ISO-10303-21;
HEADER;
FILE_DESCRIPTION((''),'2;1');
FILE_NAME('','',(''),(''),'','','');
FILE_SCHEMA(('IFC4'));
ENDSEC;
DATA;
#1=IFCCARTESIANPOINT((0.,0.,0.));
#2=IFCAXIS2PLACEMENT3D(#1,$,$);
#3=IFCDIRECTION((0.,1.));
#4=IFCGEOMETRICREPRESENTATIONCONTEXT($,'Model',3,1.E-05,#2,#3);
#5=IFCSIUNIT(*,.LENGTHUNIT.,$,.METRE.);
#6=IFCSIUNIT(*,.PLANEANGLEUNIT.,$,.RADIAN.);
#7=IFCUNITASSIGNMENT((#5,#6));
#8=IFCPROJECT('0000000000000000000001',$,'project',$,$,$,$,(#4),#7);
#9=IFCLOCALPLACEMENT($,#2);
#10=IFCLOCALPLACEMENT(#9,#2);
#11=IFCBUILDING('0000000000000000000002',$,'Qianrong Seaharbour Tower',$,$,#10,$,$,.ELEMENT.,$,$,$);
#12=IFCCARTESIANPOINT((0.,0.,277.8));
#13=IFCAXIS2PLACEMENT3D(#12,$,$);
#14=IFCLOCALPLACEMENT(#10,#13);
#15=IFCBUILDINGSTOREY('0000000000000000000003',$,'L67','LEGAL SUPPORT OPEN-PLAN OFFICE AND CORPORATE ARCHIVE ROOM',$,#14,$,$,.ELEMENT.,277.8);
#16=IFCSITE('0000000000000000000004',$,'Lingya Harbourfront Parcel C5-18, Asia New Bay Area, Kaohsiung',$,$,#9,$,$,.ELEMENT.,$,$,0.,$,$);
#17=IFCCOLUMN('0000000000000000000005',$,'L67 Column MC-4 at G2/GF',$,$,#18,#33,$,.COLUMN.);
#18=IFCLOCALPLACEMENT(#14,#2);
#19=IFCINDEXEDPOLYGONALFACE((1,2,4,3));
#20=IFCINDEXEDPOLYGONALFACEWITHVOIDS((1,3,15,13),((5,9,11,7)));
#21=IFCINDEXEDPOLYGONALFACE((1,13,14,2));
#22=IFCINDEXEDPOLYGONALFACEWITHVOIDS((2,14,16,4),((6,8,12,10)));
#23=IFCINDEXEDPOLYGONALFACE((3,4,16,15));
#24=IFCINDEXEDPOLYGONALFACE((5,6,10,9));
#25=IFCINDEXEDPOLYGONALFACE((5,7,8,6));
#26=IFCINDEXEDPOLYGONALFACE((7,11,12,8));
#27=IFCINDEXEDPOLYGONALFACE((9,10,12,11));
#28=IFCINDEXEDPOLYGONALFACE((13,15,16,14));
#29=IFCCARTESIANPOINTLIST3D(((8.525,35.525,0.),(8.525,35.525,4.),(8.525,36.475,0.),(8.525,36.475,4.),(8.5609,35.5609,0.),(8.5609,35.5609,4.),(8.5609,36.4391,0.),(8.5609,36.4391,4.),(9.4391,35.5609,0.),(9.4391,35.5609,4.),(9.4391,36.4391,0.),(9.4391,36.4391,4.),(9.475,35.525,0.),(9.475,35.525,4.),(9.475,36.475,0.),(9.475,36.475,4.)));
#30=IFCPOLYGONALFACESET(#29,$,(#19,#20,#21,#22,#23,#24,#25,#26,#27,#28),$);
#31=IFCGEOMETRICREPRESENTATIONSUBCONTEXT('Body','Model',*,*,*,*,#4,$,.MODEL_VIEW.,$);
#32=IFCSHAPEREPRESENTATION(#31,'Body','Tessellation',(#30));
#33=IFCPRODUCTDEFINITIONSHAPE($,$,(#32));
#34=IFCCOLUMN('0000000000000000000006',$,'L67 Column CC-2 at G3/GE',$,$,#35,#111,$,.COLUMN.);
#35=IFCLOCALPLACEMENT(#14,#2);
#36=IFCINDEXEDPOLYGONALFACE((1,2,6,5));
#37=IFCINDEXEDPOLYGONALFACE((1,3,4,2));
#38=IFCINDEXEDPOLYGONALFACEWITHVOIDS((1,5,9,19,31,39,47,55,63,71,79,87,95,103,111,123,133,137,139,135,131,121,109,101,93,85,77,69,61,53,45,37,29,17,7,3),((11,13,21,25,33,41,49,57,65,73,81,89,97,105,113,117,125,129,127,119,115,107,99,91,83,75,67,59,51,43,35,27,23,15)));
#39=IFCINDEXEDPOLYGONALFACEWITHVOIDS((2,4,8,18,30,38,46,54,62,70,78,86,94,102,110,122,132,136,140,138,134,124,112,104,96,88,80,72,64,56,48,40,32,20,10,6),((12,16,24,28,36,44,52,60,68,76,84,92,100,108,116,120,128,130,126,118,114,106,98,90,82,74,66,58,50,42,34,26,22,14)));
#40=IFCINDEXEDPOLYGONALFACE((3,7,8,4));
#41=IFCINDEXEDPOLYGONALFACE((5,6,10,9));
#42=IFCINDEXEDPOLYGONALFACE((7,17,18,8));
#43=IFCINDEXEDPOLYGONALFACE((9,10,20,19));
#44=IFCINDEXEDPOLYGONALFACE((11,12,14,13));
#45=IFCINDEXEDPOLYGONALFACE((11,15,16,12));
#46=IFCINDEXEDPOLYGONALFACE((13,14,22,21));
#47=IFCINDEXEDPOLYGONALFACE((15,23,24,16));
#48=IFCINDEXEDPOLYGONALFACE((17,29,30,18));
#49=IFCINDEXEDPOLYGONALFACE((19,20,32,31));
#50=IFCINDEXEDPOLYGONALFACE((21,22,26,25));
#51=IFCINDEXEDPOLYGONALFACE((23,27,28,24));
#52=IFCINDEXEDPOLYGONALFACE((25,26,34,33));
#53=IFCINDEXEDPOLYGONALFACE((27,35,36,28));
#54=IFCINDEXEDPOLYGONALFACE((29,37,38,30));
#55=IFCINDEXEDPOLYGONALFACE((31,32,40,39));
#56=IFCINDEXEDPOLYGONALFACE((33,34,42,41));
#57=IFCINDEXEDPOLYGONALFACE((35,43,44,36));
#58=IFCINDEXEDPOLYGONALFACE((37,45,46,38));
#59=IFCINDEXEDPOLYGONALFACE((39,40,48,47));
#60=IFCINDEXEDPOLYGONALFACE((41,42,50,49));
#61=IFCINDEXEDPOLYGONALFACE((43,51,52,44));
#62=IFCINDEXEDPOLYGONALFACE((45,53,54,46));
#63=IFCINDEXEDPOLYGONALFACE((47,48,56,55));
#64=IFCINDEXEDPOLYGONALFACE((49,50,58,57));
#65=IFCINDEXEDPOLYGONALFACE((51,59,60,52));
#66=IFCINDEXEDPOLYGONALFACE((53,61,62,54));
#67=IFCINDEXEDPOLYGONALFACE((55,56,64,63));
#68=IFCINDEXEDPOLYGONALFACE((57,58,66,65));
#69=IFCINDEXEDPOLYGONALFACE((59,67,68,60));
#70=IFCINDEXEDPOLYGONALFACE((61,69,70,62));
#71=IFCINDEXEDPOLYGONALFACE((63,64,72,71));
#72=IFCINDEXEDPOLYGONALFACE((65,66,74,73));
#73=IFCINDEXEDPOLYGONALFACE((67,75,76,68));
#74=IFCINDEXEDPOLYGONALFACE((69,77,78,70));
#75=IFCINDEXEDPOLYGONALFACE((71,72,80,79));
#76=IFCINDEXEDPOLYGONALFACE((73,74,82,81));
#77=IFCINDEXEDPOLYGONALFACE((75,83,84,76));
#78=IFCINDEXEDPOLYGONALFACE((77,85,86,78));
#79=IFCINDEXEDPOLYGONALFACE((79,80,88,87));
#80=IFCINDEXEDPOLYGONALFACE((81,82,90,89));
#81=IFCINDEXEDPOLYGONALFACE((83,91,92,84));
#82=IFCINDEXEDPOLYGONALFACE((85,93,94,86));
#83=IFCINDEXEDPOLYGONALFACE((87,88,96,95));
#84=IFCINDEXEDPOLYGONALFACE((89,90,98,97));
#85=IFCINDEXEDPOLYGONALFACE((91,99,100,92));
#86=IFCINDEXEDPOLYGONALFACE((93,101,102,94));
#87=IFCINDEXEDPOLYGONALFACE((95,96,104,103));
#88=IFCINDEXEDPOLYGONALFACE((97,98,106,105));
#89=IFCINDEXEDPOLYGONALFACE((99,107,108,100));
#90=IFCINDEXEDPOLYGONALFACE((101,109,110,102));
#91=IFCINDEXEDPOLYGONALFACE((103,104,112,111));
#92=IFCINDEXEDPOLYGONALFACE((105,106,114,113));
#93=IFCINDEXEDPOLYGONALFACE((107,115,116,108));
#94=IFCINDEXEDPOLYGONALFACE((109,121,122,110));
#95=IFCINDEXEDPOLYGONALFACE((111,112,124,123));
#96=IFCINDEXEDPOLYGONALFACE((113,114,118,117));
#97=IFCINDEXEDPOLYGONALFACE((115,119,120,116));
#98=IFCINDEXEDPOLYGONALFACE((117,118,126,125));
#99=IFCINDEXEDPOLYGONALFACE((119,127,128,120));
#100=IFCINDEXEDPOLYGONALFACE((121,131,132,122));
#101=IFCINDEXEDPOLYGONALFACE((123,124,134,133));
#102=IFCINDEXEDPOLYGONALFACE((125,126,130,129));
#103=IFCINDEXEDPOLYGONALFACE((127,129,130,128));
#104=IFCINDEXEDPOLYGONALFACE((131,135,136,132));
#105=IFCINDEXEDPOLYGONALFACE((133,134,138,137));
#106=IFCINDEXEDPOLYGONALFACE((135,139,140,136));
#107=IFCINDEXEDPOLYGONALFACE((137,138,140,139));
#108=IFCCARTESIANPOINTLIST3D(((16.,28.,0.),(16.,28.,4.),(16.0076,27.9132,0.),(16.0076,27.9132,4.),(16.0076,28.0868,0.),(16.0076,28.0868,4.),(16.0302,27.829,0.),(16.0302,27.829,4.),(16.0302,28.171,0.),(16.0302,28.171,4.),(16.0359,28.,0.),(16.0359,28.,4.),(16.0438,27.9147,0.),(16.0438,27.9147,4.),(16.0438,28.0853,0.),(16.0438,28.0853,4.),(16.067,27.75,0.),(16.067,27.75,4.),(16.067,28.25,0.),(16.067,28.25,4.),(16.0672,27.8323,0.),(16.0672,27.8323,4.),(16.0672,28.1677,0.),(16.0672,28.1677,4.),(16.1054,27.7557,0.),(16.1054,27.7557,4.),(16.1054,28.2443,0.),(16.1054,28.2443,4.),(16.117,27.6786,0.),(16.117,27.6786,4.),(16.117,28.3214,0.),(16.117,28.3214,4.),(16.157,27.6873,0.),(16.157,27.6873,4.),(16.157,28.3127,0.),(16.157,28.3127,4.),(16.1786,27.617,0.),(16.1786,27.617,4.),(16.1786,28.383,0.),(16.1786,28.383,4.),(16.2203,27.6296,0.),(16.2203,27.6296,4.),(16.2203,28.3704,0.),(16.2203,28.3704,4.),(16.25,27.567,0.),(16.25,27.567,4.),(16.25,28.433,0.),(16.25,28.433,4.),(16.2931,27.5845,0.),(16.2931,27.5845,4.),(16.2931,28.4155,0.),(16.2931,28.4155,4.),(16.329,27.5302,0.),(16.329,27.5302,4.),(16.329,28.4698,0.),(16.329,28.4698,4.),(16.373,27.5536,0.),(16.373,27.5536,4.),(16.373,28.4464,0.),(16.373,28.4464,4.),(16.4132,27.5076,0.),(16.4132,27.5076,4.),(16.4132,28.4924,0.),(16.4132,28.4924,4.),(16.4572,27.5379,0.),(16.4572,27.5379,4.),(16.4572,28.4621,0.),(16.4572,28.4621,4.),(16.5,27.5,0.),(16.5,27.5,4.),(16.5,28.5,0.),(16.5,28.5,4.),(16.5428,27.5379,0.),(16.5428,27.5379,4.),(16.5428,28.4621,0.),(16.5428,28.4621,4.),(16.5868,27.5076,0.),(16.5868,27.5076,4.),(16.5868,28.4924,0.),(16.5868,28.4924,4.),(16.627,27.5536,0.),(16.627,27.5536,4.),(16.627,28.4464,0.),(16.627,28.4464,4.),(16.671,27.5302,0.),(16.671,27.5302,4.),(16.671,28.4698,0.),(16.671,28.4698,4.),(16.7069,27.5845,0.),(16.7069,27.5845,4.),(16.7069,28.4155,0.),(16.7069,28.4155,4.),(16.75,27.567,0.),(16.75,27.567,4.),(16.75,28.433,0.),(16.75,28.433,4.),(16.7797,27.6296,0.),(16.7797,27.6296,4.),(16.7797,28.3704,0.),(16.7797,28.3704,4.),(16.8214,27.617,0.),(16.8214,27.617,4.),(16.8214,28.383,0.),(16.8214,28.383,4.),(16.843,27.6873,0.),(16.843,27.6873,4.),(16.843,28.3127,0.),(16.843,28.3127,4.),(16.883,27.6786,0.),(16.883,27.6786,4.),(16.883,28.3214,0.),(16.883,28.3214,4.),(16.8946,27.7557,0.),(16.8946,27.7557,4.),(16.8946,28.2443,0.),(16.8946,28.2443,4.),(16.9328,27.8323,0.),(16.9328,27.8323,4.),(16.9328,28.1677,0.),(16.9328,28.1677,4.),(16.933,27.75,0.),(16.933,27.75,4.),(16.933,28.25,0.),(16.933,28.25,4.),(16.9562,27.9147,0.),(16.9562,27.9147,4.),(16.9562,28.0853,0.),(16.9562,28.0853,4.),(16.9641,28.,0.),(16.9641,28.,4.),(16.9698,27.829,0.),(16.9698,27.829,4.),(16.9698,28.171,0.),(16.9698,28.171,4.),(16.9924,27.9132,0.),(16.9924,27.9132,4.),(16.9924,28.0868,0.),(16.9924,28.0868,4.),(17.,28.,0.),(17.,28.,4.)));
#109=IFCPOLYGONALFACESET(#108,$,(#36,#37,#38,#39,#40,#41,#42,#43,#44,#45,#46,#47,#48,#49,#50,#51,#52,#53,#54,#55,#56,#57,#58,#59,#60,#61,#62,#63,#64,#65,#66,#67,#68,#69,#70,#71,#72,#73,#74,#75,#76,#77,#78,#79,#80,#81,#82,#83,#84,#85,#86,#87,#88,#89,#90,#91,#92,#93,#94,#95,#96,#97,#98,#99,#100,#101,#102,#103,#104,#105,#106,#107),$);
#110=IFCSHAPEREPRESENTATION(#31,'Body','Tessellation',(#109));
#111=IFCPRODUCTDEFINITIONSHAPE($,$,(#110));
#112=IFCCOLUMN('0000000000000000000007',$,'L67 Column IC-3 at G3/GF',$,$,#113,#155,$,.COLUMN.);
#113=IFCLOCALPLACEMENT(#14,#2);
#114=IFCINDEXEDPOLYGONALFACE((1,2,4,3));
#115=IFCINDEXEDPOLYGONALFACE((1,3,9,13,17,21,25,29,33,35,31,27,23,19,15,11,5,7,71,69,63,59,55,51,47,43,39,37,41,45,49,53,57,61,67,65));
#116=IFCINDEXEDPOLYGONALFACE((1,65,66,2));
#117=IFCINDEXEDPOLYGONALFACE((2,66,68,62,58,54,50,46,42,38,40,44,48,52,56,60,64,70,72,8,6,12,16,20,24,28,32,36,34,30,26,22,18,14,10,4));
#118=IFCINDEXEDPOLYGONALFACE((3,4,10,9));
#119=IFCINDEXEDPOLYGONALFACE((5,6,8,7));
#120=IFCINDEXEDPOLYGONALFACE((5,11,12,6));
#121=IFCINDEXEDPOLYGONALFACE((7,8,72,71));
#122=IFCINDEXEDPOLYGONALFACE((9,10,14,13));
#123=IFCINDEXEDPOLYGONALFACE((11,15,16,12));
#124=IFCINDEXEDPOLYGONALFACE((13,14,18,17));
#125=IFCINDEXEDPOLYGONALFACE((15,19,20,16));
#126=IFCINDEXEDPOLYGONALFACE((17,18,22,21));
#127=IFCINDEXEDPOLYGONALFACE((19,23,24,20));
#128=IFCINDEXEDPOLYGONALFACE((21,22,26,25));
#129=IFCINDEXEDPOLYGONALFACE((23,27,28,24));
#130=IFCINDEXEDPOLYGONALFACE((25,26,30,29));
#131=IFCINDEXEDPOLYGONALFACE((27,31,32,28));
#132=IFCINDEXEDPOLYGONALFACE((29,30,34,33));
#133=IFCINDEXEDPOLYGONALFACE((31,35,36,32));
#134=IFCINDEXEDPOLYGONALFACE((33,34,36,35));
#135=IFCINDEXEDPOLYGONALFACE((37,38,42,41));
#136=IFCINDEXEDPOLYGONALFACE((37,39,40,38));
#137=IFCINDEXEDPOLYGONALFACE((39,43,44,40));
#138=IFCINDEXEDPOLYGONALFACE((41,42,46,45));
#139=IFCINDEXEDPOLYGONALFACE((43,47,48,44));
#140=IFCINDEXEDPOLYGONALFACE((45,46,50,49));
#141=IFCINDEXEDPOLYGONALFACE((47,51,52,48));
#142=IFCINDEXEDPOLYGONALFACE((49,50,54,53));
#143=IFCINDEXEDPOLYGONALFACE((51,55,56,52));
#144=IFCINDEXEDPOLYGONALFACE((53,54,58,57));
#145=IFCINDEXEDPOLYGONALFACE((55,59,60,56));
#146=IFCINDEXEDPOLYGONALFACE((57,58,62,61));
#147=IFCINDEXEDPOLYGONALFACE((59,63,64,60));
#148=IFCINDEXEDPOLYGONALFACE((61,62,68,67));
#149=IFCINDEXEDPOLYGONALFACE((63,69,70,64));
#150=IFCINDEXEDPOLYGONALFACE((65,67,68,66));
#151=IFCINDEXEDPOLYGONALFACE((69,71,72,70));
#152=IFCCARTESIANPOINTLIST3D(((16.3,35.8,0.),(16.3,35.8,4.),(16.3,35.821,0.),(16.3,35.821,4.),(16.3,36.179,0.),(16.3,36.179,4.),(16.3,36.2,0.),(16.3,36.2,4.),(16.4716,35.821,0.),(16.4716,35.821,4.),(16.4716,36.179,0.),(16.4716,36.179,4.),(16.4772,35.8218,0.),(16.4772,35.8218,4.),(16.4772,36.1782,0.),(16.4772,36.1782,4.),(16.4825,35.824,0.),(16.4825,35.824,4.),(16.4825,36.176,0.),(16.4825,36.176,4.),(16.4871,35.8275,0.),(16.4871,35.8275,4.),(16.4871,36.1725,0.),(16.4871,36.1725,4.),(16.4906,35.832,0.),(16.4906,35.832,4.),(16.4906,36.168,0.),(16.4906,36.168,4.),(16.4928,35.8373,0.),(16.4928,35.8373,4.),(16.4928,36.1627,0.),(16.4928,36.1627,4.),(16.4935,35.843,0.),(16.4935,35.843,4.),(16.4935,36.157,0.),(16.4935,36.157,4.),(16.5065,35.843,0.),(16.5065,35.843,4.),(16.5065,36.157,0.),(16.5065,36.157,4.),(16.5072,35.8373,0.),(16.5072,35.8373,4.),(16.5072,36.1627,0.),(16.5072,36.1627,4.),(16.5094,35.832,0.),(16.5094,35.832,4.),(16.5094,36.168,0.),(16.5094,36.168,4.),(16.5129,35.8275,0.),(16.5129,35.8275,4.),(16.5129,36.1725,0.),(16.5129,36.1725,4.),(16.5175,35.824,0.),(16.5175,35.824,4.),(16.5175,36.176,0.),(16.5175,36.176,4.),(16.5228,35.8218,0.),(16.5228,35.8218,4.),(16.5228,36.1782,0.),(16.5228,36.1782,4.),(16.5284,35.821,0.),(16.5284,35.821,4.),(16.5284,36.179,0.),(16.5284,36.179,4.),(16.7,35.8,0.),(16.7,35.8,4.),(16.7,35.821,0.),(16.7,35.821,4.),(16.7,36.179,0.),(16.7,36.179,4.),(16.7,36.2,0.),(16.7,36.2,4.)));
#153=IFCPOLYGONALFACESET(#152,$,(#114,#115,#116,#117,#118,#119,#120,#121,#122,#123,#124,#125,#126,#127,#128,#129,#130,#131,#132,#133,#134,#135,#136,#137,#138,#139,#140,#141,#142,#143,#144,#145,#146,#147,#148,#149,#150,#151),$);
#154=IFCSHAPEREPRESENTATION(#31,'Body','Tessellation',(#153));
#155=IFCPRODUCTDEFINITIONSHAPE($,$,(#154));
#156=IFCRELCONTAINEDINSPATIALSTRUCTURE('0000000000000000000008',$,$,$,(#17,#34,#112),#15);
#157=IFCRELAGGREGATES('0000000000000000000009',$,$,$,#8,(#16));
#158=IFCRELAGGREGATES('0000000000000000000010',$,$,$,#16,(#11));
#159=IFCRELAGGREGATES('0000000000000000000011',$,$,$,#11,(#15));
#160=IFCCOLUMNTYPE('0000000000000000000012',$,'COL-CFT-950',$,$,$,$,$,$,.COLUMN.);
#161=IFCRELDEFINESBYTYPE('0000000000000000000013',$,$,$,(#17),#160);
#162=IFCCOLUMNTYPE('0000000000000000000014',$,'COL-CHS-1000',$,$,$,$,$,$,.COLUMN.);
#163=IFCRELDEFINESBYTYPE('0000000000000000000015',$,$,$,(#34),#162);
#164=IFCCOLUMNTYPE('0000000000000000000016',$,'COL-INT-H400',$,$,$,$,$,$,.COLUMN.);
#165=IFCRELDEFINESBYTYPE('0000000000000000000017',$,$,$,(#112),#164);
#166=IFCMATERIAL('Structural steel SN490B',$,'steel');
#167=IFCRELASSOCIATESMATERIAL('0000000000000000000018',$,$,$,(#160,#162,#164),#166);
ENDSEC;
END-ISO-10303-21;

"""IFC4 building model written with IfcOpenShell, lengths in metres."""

from ifc_helpers import new_model, si_unit, direction, frame, origin, origin_2d, place, context, subcontext, project, spatial, hollow_rectangle, hollow_circle, i_section, extrude, material, material_profile, profile_set, type_object, element, save


model = new_model("IFC4")

# Units and contexts
model_context = context("Model", 3, precision=1e-05, world=origin(), true_north=direction((0.0, 1.0)))
body_context = subcontext(model_context, "Body", "Model", "MODEL_VIEW")
ifc_project = project(units=[si_unit("LENGTHUNIT", "METRE"), si_unit("PLANEANGLEUNIT", "RADIAN")], contexts=[model_context])

# Site, building, storey
site_placement = place(None, origin())
site = spatial("IfcSite", under=ifc_project, at=site_placement, Name="Lingya Harbourfront Parcel C5-18, Asia New Bay Area, Kaohsiung", CompositionType="ELEMENT", RefElevation=0.0)
building_placement = place(site_placement, origin())
building = spatial("IfcBuilding", under=site, at=building_placement, Name="Qianrong Seaharbour Tower", CompositionType="ELEMENT")
storey_placement = place(building_placement, frame((0.0, 0.0, 277.8)))
storey = spatial("IfcBuildingStorey", under=building, at=storey_placement, Name="L67", Description="LEGAL SUPPORT OPEN-PLAN OFFICE AND CORPORATE ARCHIVE ROOM", CompositionType="ELEMENT", Elevation=277.8)

# Columns
ifc_material_1 = material(Name="Structural steel SN490B", Category="steel")
ifc_material_profile_1 = material_profile(ifc_material_1, hollow_rectangle(XDim=0.95, YDim=0.95, WallThickness=0.0359, at=origin_2d()), Name="BOX950x950x36")
ifc_profile_set_1 = profile_set([ifc_material_profile_1], Name="Structural steel SN490B")
column_type_1 = type_object("IfcColumnType", Name="COL-CFT-950", PredefinedType="COLUMN", material=ifc_profile_set_1)
column_1_placement = place(storey_placement, frame((9.0, 36.0, 0.0), z_axis=(0.0, 0.0, 1.0), x_axis=(1.0, 0.0, 0.0)))
element("IfcColumn", 1, at=column_1_placement, inside=storey, type_object=column_type_1, Name="L67 Column MC-4 at G2/GF", PredefinedType="COLUMN", context=body_context, shape_type="SweptSolid", body=[
    extrude(hollow_rectangle(XDim=0.95, YDim=0.95, WallThickness=0.0359, at=origin_2d()), origin(), (0.0, 0.0, 1.0), 4.0),
])
ifc_material_profile_2 = material_profile(ifc_material_1, hollow_circle(Radius=0.5, WallThickness=0.0359, at=origin_2d()), Name="CHS1000x36")
ifc_profile_set_2 = profile_set([ifc_material_profile_2], Name="Structural steel SN490B")
column_type_2 = type_object("IfcColumnType", Name="COL-CHS-1000", PredefinedType="COLUMN", material=ifc_profile_set_2)
column_2_placement = place(storey_placement, frame((16.5, 28.0, 0.0), z_axis=(0.0, 0.0, 1.0), x_axis=(1.0, 0.0, 0.0)))
element("IfcColumn", 2, at=column_2_placement, inside=storey, type_object=column_type_2, Name="L67 Column CC-2 at G3/GE", PredefinedType="COLUMN", context=body_context, shape_type="SweptSolid", body=[
    extrude(hollow_circle(Radius=0.5, WallThickness=0.0359, at=origin_2d()), origin(), (0.0, 0.0, 1.0), 4.0),
])
ifc_material_profile_3 = material_profile(ifc_material_1, i_section(OverallWidth=0.3999, OverallDepth=0.3999, WebThickness=0.0129, FlangeThickness=0.021, FilletRadius=0.022, at=origin_2d()), Name="H400x400x13x21")
ifc_profile_set_3 = profile_set([ifc_material_profile_3], Name="Structural steel SN490B")
column_type_3 = type_object("IfcColumnType", Name="COL-INT-H400", PredefinedType="COLUMN", material=ifc_profile_set_3)
column_3_placement = place(storey_placement, frame((16.5, 36.0, 0.0), z_axis=(0.0, 0.0, 1.0), x_axis=(1.0, 0.0, 0.0)))
element("IfcColumn", 3, at=column_3_placement, inside=storey, type_object=column_type_3, Name="L67 Column IC-3 at G3/GF", PredefinedType="COLUMN", context=body_context, shape_type="SweptSolid", body=[
    extrude(i_section(OverallWidth=0.3999, OverallDepth=0.3999, WebThickness=0.0129, FlangeThickness=0.021, FilletRadius=0.022, at=origin_2d()), origin(), (0.0, 0.0, 1.0), 4.0),
])

save(model, "model.ifc")
